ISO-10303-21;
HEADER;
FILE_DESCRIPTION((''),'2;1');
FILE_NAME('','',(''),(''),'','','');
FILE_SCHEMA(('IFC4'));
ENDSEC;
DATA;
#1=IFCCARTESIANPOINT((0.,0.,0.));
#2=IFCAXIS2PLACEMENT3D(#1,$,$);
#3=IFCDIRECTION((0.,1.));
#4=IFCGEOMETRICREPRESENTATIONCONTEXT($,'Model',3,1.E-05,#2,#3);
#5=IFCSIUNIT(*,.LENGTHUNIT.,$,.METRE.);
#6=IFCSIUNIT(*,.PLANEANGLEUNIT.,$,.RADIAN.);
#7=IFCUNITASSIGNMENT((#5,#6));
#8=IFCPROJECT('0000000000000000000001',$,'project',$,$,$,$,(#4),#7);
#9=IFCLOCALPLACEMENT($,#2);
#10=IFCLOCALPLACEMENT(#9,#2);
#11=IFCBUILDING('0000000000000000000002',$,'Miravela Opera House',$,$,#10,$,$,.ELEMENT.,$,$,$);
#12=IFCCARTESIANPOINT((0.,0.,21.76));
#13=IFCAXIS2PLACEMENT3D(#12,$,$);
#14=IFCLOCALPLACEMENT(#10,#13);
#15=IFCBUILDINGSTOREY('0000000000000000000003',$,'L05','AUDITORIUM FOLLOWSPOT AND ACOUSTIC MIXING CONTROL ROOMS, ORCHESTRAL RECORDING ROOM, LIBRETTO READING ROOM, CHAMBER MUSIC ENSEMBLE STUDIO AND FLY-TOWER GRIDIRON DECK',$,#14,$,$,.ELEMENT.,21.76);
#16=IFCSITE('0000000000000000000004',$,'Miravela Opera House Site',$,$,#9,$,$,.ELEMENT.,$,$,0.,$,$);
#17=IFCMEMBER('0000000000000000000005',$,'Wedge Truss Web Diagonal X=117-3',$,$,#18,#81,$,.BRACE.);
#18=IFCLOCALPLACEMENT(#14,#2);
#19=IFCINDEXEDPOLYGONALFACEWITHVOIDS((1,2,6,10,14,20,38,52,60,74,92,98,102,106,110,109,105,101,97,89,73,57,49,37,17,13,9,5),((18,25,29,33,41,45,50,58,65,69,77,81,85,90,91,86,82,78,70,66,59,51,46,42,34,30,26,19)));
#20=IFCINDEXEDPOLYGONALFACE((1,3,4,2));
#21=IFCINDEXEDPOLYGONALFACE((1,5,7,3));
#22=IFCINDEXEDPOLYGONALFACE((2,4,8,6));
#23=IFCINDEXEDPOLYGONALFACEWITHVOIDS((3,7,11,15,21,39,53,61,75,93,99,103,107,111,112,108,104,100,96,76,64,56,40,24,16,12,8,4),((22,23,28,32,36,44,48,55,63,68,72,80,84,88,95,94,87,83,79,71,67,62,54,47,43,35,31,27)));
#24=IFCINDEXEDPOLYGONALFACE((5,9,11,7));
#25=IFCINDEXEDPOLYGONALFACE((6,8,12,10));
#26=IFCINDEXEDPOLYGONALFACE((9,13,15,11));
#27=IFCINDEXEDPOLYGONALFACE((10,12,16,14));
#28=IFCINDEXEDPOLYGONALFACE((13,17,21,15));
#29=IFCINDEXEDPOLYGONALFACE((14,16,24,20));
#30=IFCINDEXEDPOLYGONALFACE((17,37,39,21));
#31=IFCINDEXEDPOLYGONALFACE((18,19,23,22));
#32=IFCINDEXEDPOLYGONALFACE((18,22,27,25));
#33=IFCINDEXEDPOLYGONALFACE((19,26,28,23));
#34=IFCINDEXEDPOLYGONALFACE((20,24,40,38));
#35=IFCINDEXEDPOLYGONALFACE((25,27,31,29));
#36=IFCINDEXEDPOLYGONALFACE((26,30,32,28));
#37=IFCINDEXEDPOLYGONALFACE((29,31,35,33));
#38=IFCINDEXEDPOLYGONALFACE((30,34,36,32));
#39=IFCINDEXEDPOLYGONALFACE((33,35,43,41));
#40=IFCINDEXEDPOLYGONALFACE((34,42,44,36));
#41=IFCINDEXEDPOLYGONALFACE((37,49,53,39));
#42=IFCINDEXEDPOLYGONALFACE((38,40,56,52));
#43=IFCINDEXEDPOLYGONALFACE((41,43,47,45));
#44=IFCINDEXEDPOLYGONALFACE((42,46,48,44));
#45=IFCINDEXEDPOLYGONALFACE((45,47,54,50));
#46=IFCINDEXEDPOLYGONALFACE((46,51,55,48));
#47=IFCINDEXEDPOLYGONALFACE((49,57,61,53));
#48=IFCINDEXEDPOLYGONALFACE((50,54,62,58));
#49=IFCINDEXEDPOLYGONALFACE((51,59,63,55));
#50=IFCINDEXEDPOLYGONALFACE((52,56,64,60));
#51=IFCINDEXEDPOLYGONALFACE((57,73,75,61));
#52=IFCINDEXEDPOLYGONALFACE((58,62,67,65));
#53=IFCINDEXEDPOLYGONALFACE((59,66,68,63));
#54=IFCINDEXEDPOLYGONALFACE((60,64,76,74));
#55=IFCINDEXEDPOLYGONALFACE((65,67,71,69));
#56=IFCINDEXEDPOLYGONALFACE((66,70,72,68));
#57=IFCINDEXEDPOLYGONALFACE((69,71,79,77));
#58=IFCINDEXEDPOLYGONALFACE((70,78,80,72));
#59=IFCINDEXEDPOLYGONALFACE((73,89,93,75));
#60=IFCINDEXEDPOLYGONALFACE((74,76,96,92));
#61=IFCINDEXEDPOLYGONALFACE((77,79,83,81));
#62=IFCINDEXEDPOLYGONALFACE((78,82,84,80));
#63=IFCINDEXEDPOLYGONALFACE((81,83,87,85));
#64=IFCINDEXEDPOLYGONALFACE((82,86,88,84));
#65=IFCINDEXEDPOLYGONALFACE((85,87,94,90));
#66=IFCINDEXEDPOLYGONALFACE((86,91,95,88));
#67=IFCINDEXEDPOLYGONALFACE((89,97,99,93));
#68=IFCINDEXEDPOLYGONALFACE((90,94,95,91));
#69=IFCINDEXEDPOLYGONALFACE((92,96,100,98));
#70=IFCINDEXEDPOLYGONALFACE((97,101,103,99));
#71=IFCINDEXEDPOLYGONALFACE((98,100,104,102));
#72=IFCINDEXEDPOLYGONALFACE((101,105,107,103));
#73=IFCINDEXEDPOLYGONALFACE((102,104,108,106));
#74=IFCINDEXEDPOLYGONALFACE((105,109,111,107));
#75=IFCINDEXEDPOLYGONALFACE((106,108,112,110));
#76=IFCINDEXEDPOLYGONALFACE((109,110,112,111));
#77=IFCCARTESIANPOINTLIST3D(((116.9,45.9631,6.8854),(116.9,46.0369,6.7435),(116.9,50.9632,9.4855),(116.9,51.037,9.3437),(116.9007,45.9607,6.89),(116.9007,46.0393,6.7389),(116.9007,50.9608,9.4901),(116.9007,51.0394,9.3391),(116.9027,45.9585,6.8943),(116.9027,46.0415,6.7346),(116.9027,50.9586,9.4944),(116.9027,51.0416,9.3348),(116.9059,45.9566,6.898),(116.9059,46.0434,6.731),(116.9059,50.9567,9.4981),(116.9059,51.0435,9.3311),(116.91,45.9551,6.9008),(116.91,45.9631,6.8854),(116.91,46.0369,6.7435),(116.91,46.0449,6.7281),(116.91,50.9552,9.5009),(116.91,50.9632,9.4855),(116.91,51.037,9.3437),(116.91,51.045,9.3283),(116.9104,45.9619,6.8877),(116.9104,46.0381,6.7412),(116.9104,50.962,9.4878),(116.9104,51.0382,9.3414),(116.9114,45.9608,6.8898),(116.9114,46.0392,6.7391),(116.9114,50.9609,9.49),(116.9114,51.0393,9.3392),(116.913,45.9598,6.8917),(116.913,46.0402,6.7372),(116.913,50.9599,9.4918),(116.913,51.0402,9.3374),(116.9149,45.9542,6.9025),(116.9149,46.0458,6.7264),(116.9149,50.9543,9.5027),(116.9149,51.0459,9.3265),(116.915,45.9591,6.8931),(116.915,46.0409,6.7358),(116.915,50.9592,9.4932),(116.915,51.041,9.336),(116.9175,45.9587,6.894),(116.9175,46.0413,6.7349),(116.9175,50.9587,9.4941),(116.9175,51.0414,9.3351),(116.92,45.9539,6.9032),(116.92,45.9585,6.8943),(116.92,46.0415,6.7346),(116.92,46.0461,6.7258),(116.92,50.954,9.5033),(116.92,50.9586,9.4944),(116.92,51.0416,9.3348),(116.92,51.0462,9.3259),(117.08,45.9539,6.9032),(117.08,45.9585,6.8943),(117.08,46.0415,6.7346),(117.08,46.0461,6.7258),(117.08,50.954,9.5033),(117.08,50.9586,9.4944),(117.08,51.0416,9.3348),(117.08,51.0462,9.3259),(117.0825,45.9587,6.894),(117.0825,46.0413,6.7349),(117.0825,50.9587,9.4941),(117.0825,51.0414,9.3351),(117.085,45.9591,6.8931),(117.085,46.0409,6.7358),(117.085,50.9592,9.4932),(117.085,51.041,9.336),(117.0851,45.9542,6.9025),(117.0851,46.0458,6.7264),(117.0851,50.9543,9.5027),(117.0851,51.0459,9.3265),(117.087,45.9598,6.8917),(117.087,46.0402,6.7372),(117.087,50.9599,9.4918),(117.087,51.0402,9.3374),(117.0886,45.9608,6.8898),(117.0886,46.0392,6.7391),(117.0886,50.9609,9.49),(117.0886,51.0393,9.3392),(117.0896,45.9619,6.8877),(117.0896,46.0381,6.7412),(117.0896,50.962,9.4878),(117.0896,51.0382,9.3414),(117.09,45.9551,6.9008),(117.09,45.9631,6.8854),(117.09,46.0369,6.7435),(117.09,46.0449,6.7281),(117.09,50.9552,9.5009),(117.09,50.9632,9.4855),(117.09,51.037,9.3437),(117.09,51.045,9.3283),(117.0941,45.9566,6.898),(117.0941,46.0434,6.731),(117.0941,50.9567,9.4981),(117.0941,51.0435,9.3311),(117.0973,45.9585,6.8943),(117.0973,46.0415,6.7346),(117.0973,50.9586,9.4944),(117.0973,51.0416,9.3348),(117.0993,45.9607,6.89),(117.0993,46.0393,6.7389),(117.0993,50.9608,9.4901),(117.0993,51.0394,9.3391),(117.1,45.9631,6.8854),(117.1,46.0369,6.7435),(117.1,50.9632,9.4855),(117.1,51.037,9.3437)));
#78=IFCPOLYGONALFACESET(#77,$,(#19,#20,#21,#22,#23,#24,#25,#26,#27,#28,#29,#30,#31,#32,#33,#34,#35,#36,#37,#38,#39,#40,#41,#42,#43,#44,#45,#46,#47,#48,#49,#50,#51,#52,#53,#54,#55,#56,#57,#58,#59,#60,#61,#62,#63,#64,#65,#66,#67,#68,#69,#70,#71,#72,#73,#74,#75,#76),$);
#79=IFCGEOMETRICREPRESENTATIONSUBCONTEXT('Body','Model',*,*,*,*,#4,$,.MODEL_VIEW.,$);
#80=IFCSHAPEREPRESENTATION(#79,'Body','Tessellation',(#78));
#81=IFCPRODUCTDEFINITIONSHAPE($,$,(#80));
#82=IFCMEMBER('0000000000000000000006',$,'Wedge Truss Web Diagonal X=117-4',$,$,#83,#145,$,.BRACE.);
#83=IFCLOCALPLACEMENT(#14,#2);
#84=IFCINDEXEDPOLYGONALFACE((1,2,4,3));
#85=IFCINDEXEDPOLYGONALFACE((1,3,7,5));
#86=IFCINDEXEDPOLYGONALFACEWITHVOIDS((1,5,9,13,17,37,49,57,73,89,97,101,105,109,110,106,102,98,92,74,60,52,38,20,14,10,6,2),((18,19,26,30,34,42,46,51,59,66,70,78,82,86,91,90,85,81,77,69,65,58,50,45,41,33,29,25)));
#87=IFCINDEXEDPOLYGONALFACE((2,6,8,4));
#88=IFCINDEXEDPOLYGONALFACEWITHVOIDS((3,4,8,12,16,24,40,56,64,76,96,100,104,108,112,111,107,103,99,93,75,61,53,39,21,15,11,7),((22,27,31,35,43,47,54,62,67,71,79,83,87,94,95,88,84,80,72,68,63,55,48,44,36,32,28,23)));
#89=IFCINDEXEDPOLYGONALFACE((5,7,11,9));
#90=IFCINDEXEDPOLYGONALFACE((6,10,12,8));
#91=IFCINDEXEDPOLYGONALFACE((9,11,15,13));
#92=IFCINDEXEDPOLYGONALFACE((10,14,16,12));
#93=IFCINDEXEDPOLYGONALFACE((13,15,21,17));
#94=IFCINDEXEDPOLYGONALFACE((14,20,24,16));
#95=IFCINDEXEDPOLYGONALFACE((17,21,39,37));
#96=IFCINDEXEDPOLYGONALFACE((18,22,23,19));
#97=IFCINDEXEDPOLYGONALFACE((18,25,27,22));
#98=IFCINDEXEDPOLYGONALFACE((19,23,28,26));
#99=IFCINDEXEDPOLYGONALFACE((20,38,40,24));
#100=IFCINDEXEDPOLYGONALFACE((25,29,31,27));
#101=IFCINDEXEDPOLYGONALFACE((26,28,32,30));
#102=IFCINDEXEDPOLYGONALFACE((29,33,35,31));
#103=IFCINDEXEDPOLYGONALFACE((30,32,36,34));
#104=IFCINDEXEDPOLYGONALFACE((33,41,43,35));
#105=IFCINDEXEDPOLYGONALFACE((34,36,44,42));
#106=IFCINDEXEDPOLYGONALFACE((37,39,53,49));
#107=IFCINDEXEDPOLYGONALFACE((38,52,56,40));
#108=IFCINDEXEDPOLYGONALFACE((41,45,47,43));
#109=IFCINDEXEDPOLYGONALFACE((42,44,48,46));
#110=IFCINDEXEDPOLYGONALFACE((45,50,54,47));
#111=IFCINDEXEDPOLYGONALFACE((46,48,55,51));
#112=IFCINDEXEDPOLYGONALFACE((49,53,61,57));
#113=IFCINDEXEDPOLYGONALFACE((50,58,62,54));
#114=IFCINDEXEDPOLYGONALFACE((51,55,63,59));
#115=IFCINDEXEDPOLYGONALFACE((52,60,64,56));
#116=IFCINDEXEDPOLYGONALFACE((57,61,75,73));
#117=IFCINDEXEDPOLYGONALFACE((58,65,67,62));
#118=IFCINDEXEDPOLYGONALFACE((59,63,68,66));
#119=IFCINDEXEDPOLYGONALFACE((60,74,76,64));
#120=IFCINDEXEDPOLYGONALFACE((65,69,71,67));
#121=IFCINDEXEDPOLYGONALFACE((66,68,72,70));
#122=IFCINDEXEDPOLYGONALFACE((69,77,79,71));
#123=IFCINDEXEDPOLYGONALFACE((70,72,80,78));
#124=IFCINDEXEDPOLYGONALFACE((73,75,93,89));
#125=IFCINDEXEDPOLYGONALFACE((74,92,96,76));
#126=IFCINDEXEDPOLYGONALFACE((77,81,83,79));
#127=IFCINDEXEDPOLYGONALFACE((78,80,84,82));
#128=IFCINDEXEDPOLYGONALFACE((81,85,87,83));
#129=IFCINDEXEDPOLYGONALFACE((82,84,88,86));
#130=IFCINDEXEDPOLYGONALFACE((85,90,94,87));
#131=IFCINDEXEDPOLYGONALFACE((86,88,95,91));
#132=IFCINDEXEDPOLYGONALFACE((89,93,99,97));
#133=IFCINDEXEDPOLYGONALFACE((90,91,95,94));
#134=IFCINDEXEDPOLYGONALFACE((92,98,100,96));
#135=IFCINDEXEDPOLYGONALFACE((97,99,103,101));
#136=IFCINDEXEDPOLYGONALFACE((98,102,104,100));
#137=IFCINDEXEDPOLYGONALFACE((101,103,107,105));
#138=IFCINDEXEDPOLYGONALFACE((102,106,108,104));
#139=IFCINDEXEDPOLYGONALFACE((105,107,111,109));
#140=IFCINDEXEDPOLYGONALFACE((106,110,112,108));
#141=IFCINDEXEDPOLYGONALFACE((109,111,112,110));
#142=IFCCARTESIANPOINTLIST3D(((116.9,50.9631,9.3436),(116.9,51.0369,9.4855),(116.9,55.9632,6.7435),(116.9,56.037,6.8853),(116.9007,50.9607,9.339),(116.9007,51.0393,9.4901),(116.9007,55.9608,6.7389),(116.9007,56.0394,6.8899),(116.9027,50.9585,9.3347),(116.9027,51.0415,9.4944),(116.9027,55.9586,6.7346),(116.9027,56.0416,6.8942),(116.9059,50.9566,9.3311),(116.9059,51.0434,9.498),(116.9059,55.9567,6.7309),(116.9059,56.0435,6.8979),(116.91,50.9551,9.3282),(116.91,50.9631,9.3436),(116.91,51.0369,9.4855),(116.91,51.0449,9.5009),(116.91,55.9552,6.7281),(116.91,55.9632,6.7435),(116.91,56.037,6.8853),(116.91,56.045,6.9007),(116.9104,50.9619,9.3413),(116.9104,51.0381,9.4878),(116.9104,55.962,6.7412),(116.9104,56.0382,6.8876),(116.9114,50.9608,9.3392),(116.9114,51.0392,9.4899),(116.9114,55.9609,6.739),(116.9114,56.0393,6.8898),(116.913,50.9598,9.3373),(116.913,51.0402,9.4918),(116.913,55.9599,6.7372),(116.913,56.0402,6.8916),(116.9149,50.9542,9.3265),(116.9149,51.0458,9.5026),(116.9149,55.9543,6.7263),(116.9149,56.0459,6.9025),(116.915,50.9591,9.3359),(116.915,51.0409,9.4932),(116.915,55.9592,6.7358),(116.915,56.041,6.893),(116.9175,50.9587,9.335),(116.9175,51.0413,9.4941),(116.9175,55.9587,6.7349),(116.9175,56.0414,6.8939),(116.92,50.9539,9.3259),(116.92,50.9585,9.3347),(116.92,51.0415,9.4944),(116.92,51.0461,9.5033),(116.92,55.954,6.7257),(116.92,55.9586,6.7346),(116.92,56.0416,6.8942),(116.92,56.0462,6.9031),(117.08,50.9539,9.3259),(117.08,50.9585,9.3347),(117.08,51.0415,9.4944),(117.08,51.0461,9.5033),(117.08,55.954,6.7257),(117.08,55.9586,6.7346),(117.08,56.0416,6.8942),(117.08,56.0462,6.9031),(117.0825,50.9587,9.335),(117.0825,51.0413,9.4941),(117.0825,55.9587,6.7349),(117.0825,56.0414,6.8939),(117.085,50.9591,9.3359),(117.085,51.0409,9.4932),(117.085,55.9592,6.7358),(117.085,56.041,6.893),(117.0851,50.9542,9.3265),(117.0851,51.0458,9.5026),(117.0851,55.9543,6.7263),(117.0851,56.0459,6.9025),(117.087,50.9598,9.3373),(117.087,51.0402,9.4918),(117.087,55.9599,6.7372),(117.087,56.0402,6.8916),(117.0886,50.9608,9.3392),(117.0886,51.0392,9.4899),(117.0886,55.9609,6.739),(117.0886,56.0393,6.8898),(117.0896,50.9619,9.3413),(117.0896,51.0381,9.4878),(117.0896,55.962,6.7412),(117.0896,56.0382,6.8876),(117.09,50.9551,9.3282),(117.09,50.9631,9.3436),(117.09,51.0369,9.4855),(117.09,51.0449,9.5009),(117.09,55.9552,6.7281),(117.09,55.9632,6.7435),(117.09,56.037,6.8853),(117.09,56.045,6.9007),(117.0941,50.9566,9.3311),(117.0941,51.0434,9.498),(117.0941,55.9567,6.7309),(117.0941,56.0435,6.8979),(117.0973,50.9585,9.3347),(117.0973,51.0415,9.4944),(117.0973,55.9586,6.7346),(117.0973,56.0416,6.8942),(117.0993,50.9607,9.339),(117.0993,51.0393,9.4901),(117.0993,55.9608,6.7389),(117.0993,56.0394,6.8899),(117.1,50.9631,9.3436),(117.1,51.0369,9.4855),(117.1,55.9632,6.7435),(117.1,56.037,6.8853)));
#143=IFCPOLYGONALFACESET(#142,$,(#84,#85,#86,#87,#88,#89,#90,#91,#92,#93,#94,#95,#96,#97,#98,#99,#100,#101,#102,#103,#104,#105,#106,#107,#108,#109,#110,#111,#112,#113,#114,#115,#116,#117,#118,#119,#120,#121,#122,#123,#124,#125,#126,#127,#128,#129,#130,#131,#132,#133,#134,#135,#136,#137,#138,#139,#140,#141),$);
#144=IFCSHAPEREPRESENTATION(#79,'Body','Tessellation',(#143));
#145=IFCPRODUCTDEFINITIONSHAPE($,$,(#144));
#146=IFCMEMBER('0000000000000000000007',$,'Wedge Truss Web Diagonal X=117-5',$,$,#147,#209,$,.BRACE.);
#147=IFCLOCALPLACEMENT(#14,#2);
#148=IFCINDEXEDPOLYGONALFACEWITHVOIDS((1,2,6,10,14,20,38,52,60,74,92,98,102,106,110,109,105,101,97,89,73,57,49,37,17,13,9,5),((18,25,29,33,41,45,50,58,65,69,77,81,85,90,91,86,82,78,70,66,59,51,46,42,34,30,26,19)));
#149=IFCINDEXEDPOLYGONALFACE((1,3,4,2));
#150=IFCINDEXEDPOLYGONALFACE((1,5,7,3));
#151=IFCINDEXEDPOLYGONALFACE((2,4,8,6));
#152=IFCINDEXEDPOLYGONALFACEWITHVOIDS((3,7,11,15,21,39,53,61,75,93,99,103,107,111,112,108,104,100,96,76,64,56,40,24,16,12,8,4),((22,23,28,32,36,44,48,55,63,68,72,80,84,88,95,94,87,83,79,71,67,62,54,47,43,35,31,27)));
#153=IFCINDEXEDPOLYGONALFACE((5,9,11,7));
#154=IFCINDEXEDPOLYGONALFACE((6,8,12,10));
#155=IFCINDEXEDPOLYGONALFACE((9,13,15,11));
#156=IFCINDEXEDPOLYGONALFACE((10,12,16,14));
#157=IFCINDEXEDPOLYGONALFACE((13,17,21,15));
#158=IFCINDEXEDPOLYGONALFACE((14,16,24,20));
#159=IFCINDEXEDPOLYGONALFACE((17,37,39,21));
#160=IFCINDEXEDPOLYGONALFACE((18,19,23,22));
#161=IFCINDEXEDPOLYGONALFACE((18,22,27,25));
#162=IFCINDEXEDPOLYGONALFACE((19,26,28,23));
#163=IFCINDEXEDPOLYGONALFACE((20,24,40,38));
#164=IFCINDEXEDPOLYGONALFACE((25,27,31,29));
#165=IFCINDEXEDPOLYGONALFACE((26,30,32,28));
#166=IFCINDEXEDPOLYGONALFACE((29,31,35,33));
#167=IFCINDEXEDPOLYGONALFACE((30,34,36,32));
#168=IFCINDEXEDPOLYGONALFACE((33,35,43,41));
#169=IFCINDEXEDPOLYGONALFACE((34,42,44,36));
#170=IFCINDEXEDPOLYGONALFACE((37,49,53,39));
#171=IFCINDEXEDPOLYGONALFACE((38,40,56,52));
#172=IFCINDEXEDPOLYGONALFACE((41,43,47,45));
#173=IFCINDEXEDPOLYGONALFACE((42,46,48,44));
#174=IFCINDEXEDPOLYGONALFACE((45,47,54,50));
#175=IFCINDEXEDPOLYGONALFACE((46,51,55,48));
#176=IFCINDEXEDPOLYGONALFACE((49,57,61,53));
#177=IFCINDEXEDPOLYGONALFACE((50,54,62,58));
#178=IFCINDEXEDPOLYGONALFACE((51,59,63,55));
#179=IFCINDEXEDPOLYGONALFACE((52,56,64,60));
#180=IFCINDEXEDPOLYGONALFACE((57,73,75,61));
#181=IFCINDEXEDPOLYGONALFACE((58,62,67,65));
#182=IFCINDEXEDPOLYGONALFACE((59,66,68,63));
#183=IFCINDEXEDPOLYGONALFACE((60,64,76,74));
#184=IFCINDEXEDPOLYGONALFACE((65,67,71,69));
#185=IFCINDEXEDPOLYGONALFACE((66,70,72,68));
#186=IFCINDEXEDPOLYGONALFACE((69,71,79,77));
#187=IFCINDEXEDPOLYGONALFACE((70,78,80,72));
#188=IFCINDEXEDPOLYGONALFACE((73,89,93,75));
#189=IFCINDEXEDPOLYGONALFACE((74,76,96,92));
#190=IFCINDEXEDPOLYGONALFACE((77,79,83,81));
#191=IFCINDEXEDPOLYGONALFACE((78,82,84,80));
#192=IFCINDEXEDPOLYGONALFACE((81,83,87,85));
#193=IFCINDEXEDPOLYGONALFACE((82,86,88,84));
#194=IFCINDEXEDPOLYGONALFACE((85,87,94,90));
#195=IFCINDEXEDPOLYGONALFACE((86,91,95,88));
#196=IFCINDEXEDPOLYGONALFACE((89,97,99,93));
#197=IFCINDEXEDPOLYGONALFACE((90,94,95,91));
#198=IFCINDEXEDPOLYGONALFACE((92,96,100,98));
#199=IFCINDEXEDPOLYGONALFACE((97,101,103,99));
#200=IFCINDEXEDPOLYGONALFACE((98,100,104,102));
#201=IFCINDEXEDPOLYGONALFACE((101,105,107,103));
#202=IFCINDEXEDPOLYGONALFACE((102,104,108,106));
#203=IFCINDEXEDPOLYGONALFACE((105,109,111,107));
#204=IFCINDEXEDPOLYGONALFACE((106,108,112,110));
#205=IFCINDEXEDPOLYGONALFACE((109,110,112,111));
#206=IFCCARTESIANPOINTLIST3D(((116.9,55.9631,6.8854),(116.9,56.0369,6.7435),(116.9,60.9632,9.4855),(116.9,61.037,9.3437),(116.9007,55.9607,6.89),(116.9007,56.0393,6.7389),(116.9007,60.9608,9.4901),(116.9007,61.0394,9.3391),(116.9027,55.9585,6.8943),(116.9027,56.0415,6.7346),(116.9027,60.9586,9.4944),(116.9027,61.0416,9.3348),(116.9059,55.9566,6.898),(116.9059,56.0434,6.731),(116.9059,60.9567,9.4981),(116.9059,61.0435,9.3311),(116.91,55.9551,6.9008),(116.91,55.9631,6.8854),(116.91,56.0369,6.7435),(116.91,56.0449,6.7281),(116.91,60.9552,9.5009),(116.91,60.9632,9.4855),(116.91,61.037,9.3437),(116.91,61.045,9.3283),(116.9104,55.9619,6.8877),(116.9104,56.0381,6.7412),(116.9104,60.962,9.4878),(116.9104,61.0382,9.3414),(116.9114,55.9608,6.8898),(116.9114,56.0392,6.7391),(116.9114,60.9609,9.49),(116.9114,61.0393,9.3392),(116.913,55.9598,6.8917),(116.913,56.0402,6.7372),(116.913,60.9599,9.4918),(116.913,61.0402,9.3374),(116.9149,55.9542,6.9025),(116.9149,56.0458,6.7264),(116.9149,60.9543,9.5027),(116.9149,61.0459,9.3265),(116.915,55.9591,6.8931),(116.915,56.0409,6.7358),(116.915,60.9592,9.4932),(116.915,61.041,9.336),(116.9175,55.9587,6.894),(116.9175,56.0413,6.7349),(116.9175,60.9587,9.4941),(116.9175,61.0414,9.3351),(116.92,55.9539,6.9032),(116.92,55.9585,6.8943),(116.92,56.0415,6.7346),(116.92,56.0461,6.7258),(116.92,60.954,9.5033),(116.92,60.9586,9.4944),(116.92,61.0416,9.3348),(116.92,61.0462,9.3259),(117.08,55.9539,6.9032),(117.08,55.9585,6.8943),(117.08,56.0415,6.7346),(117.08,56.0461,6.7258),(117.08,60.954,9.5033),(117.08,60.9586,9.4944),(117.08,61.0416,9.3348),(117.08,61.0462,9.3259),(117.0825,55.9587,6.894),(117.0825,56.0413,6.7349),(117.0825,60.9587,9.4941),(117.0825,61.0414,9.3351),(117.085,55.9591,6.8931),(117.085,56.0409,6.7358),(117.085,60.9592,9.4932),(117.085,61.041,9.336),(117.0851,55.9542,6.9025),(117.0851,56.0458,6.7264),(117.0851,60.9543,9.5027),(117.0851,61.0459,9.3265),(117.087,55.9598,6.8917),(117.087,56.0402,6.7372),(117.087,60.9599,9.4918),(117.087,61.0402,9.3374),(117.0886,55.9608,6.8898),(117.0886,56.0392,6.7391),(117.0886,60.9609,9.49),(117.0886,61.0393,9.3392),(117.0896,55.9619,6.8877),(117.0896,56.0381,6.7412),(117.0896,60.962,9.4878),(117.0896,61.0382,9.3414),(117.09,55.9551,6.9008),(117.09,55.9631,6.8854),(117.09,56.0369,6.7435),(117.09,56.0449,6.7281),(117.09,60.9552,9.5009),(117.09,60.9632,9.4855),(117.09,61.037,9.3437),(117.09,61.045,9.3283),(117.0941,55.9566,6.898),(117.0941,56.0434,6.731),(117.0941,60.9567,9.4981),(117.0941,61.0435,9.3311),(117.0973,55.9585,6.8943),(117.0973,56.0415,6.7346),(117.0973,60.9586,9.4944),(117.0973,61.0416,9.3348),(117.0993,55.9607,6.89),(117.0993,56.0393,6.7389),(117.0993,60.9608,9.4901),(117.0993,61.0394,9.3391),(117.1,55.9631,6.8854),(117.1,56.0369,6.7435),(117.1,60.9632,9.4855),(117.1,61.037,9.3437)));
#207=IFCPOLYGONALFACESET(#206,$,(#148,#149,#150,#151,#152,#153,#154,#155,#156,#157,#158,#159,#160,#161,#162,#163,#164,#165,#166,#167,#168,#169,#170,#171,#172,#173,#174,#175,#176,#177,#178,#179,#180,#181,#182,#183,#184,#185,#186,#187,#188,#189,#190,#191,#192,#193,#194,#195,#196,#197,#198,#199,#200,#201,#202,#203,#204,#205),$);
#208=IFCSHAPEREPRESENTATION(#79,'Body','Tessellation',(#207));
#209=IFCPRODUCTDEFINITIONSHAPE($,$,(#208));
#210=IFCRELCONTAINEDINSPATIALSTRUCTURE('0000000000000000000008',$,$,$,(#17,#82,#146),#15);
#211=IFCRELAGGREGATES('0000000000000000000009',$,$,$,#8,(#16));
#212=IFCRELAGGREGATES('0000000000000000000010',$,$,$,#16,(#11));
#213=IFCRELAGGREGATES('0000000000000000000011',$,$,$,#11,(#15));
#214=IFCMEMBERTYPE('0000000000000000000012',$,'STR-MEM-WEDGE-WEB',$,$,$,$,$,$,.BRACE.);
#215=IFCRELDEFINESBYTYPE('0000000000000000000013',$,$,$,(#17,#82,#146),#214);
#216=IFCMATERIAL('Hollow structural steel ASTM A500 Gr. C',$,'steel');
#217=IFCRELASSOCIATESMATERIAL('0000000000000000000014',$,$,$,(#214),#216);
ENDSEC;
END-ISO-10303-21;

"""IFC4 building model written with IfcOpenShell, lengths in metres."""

from ifc_helpers import new_model, si_unit, direction, frame, origin, origin_2d, place, context, subcontext, project, spatial, hollow_rectangle, extrude, material, material_profile, profile_set, type_object, element, save


model = new_model("IFC4")

# Units and contexts
model_context = context("Model", 3, precision=1e-05, world=origin(), true_north=direction((0.0, 1.0)))
body_context = subcontext(model_context, "Body", "Model", "MODEL_VIEW")
ifc_project = project(units=[si_unit("LENGTHUNIT", "METRE"), si_unit("PLANEANGLEUNIT", "RADIAN")], contexts=[model_context])

# Site, building, storey
site_placement = place(None, origin())
site = spatial("IfcSite", under=ifc_project, at=site_placement, Name="Miravela Opera House Site", CompositionType="ELEMENT", RefElevation=0.0)
building_placement = place(site_placement, origin())
building = spatial("IfcBuilding", under=site, at=building_placement, Name="Miravela Opera House", CompositionType="ELEMENT")
storey_placement = place(building_placement, frame((0.0, 0.0, 21.76)))
storey = spatial("IfcBuildingStorey", under=building, at=storey_placement, Name="L05", Description="AUDITORIUM FOLLOWSPOT AND ACOUSTIC MIXING CONTROL ROOMS, ORCHESTRAL RECORDING ROOM, LIBRETTO READING ROOM, CHAMBER MUSIC ENSEMBLE STUDIO AND FLY-TOWER GRIDIRON DECK", CompositionType="ELEMENT", Elevation=21.76)

# Members
ifc_material_1 = material(Name="Hollow structural steel ASTM A500 Gr. C", Category="steel")
ifc_material_profile_1 = material_profile(ifc_material_1, hollow_rectangle(XDim=0.2, YDim=0.2, WallThickness=0.01, InnerFilletRadius=0.01, OuterFilletRadius=0.02, at=origin_2d()), Name="HSS200X200X10")
ifc_profile_set_1 = profile_set([ifc_material_profile_1])
member_type_1 = type_object("IfcMemberType", Name="STR-MEM-WEDGE-WEB", PredefinedType="BRACE", material=ifc_profile_set_1)
for number, where, z_axis, x_axis, name in (
    (1, (117.0, 46.0, 6.8145), (0.0, 0.88721, 0.461366), (-1.0, 0.0, 0.0), "Wedge Truss Web Diagonal X=117-3"),
    (2, (117.0, 51.0, 9.4146), (0.0, 0.88721, -0.461366), (-1.0, 0.0, 0.0), "Wedge Truss Web Diagonal X=117-4"),
    (3, (117.0, 56.0, 6.8145), (0.0, 0.88721, 0.461366), (-1.0, 0.0, 0.0), "Wedge Truss Web Diagonal X=117-5"),
):
    element("IfcMember", number, at=place(storey_placement, frame(where, z_axis=z_axis, x_axis=x_axis)), inside=storey, type_object=member_type_1, Name=name, PredefinedType="BRACE", context=body_context, shape_type="SweptSolid", body=[
        extrude(hollow_rectangle(XDim=0.2, YDim=0.2, WallThickness=0.01, InnerFilletRadius=0.01, OuterFilletRadius=0.02, at=origin_2d()), origin(), (0.0, 0.0, 1.0), 5.6357),
    ])

save(model, "model.ifc")
